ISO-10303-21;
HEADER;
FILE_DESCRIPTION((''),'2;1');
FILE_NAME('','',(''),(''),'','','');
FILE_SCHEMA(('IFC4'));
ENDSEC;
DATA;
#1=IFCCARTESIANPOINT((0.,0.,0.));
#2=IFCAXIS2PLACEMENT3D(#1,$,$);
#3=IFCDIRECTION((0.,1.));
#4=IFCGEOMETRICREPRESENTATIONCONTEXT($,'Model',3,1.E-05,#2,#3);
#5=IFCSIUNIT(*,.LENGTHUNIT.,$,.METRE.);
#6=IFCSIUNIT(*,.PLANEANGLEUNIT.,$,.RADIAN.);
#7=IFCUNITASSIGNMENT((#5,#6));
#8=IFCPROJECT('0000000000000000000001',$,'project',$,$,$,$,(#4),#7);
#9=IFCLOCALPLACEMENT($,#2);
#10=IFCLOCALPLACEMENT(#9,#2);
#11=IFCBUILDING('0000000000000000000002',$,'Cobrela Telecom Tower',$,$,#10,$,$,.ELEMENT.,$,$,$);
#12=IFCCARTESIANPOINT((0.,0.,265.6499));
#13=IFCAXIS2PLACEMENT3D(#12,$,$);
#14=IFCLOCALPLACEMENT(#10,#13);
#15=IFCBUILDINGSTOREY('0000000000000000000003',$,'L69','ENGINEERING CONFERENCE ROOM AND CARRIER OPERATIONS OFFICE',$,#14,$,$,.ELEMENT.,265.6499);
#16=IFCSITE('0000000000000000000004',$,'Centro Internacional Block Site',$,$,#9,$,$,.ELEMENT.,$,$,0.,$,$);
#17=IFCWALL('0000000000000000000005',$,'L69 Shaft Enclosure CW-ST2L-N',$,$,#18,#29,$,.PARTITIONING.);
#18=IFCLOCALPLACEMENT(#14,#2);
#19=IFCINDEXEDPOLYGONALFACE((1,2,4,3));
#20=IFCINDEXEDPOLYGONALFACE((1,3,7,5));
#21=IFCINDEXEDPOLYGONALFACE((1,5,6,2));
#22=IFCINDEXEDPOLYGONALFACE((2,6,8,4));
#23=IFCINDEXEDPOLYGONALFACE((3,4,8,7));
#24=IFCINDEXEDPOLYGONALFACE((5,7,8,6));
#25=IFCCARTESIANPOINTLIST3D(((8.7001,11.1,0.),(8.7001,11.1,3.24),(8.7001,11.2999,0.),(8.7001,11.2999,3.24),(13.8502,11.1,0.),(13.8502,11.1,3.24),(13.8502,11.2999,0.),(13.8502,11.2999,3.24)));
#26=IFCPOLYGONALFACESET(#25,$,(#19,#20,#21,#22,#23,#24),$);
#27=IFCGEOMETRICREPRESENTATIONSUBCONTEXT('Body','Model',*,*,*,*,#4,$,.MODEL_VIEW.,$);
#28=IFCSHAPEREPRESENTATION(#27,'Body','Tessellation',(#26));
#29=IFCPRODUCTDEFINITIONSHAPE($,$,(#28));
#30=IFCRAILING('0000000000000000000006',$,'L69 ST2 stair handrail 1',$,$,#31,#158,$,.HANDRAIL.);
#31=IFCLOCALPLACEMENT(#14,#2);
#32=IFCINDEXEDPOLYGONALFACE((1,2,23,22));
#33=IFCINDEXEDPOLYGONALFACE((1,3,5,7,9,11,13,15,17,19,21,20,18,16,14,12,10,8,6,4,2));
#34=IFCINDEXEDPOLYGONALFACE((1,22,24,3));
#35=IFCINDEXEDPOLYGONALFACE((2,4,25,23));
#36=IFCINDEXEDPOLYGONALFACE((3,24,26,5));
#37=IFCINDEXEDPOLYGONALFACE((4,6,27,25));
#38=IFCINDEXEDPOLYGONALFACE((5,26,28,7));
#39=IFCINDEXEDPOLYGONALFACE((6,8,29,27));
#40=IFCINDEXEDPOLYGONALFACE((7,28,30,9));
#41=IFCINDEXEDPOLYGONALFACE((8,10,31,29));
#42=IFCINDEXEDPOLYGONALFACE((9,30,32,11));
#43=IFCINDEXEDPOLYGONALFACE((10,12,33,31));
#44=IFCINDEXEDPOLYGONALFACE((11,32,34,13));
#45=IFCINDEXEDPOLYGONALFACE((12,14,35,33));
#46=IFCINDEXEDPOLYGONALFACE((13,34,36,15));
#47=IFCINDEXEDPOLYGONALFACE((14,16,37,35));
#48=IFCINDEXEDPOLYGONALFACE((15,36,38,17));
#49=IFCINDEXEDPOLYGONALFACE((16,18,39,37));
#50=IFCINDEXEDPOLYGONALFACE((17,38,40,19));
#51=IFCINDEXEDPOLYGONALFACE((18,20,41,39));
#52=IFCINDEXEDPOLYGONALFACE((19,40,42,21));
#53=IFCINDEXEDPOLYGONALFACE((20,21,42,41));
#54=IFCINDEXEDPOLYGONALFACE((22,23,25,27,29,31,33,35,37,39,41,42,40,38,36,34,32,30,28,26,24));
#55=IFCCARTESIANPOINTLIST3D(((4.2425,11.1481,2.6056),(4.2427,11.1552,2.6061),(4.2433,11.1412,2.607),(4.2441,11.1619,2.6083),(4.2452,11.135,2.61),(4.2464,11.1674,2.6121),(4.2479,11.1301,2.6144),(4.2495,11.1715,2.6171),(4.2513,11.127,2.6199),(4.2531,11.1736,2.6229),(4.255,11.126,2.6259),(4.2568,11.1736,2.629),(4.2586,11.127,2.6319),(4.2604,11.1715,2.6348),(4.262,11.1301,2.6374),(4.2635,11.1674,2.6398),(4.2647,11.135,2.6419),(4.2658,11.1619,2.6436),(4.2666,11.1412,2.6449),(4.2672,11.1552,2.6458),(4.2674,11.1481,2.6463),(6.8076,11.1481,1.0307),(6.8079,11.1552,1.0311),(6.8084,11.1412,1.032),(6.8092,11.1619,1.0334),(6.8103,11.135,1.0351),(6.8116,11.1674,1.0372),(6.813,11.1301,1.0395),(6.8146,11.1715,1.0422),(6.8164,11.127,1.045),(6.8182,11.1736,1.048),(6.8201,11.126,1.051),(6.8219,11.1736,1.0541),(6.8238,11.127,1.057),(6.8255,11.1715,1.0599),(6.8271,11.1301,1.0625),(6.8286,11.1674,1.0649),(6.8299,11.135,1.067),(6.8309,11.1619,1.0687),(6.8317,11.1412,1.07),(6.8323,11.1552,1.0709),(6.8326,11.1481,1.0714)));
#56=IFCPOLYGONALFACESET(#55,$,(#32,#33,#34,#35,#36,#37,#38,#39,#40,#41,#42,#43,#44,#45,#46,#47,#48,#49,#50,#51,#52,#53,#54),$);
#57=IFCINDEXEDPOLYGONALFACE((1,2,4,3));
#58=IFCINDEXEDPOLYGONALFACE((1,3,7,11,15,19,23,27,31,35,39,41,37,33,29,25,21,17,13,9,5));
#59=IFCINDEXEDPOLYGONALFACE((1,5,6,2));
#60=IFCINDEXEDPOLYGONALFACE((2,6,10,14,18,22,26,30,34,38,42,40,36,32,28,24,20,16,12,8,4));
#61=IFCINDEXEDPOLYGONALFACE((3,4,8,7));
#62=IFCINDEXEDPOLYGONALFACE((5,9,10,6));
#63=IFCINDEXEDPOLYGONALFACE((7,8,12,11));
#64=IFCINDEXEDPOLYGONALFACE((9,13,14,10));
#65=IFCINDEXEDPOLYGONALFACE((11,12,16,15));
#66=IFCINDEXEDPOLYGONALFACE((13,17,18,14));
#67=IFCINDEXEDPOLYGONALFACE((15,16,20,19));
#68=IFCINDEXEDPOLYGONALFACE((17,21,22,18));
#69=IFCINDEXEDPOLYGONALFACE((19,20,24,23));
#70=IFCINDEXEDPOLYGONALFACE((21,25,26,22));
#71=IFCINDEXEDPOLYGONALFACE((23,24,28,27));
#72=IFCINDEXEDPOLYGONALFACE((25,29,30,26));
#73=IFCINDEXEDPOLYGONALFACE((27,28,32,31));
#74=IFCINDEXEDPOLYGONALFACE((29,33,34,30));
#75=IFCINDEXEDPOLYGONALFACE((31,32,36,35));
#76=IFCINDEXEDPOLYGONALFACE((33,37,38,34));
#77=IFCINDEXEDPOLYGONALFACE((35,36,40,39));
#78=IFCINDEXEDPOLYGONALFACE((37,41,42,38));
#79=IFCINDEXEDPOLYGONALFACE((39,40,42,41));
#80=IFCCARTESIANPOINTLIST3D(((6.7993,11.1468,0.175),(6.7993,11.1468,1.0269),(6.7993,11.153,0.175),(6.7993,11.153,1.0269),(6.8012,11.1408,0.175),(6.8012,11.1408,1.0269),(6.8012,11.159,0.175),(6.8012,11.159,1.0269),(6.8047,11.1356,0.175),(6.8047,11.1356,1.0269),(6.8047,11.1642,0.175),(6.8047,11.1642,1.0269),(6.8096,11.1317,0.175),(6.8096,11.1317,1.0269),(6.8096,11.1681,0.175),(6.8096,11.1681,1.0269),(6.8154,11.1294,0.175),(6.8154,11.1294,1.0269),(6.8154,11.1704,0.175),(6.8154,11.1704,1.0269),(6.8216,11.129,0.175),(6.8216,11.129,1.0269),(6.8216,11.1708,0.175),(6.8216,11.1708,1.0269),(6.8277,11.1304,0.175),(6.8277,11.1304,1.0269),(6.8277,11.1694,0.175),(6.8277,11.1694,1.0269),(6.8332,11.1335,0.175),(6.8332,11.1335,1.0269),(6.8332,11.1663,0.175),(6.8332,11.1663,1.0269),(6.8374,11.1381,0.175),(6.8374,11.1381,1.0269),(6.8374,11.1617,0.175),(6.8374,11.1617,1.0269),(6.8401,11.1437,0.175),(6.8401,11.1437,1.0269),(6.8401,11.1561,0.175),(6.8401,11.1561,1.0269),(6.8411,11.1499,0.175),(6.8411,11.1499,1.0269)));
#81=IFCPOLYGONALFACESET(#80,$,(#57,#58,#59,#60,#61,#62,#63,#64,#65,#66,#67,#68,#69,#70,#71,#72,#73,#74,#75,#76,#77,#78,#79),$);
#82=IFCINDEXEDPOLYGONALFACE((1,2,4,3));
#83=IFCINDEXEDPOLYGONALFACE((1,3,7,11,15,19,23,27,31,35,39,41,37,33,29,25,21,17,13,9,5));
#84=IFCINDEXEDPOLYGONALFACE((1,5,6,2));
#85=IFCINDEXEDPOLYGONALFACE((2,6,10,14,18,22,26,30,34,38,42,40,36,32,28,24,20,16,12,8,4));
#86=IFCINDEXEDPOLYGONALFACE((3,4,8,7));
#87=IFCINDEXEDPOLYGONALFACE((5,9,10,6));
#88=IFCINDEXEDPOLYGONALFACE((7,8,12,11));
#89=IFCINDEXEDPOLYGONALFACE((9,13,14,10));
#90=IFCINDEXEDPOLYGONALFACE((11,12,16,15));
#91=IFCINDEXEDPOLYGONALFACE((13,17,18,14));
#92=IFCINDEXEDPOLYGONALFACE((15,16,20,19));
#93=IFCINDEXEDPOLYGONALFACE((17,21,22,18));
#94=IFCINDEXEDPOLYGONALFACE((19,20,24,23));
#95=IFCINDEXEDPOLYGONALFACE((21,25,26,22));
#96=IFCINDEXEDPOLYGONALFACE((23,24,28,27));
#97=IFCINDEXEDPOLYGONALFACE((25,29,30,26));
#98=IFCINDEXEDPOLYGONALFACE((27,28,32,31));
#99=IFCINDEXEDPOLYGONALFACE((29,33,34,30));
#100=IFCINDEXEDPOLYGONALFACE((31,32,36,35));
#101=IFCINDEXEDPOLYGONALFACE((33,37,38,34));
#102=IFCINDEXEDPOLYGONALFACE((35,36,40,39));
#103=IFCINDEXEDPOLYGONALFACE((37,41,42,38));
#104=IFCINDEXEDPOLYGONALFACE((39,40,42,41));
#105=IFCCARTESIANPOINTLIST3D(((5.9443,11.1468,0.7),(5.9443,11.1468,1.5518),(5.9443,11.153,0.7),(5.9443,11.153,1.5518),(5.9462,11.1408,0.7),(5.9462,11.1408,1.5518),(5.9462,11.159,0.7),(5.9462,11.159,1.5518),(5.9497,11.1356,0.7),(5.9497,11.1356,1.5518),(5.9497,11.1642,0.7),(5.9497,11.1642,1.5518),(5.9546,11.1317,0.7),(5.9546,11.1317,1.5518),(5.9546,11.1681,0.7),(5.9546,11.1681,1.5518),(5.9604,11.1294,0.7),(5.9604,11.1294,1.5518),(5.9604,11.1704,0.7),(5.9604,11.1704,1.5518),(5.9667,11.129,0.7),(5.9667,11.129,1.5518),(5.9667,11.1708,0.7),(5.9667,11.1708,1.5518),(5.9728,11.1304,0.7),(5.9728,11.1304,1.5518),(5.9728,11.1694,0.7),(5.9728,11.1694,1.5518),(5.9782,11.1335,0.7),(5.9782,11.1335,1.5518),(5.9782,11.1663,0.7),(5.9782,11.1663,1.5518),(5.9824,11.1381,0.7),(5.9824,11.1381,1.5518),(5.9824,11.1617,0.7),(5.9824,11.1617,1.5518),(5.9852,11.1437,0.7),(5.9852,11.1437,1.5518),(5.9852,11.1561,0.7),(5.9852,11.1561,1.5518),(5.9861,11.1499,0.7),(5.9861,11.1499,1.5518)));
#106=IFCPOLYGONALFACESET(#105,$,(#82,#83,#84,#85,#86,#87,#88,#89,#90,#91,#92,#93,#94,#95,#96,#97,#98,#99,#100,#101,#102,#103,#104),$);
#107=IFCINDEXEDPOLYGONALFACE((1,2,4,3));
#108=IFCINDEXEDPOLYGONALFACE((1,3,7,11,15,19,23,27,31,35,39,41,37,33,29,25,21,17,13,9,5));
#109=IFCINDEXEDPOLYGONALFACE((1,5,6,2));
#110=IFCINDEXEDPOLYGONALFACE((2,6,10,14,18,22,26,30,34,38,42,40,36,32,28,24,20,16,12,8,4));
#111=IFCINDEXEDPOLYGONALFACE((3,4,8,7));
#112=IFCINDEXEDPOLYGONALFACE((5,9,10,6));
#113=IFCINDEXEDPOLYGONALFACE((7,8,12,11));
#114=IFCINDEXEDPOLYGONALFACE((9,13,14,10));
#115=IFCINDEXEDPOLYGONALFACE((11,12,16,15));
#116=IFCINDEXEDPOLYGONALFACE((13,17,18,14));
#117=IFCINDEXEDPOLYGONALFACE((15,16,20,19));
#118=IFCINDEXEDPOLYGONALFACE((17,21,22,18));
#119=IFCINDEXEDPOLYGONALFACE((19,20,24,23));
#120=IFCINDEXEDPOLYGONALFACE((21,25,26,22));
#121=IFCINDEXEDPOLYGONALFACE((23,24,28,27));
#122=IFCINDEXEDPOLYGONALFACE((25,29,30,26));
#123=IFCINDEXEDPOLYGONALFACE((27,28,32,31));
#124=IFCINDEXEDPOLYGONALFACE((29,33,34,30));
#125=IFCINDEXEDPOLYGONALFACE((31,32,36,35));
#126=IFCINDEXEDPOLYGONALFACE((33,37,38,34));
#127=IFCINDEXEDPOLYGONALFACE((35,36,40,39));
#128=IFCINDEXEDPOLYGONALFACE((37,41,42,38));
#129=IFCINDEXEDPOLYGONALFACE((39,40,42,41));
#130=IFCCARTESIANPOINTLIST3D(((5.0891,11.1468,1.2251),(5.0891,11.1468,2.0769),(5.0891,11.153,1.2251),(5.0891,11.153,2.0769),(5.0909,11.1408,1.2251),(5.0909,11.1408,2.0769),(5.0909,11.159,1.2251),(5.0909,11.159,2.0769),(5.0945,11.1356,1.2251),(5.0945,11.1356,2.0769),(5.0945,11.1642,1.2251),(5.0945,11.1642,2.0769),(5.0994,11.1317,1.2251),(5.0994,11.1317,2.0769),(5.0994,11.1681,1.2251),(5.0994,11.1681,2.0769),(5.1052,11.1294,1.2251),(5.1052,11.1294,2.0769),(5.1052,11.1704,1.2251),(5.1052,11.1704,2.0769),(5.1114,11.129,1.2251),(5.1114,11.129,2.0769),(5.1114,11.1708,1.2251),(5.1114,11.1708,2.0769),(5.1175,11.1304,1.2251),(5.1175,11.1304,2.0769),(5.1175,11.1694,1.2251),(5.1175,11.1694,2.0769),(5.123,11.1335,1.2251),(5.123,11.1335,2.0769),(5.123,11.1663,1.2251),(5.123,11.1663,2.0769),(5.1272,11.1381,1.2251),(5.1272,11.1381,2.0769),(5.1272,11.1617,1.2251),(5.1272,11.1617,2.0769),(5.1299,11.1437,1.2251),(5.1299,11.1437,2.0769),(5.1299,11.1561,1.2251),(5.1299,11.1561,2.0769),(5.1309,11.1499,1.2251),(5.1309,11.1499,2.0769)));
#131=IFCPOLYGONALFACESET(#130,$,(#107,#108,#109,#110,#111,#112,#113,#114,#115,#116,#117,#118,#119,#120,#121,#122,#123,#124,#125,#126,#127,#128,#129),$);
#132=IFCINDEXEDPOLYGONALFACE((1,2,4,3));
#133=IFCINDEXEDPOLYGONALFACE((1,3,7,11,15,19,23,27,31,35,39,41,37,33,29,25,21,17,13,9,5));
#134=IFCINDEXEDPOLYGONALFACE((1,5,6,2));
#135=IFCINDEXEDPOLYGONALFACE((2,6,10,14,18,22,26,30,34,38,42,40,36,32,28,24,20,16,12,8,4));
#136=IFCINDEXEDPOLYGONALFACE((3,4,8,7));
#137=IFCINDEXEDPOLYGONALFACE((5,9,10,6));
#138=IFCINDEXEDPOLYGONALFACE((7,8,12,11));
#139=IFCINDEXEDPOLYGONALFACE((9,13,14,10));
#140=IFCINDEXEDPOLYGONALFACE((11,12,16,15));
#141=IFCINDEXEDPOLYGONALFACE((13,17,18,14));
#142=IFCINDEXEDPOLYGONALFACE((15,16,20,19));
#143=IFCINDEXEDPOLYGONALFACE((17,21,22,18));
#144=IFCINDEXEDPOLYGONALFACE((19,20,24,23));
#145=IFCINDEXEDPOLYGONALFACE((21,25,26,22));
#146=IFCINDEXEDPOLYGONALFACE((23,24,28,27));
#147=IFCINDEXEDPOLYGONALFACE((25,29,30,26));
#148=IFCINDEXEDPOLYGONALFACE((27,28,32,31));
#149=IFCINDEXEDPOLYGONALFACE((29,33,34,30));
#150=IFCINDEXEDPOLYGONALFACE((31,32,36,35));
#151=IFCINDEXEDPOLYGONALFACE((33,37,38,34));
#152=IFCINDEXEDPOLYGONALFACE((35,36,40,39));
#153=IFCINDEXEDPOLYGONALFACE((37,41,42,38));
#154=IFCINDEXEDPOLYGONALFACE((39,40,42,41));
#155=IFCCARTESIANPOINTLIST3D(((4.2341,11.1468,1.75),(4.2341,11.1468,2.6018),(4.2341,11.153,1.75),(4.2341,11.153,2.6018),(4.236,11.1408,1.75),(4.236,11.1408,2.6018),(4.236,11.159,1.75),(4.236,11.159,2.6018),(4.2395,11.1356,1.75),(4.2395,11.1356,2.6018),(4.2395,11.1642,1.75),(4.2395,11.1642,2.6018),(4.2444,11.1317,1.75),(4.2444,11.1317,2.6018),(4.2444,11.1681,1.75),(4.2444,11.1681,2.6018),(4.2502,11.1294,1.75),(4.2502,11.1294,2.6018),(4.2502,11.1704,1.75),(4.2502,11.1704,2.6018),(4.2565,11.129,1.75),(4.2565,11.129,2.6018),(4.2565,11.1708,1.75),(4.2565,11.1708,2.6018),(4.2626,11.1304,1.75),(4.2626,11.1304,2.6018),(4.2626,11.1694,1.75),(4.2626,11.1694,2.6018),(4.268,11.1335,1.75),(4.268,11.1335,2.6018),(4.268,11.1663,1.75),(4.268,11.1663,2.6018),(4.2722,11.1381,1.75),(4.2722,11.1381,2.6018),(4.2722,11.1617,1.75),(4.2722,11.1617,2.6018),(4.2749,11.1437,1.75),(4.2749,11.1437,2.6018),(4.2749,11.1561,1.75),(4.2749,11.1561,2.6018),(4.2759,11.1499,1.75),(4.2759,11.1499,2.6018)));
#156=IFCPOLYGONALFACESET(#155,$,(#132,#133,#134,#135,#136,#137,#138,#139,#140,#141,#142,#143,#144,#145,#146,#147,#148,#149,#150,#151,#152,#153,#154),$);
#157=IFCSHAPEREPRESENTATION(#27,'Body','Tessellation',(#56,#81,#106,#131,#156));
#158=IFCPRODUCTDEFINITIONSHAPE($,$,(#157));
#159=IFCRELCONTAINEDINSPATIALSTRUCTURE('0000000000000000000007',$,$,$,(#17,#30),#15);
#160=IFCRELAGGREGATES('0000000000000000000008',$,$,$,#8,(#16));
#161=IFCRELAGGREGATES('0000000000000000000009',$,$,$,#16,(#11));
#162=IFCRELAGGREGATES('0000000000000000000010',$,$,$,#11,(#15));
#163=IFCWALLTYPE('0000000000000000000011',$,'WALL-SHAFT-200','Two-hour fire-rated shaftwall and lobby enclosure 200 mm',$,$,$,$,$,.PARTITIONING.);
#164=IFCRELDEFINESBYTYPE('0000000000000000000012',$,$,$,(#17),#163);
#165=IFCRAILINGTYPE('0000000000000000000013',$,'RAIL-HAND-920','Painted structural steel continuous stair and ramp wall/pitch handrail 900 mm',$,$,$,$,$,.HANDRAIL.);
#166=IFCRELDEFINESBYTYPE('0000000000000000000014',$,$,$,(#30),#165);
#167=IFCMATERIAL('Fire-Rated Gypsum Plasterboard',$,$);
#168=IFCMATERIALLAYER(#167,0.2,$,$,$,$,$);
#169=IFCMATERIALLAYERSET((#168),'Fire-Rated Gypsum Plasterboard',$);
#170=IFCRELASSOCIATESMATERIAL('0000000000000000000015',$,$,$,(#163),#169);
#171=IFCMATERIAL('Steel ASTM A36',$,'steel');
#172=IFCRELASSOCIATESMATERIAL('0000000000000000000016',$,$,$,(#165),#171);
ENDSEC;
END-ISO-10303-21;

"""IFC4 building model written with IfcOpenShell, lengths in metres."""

from ifc_helpers import new_model, si_unit, direction, frame, frame_2d, origin, origin_2d, place, context, subcontext, project, spatial, rectangle, circle, extrude, material, layer, layer_set, type_object, element, save


model = new_model("IFC4")

# Units and contexts
model_context = context("Model", 3, precision=1e-05, world=origin(), true_north=direction((0.0, 1.0)))
body_context = subcontext(model_context, "Body", "Model", "MODEL_VIEW")
ifc_project = project(units=[si_unit("LENGTHUNIT", "METRE"), si_unit("PLANEANGLEUNIT", "RADIAN")], contexts=[model_context])

# Site, building, storey
site_placement = place(None, origin())
site = spatial("IfcSite", under=ifc_project, at=site_placement, Name="Centro Internacional Block Site", CompositionType="ELEMENT", RefElevation=0.0)
building_placement = place(site_placement, origin())
building = spatial("IfcBuilding", under=site, at=building_placement, Name="Cobrela Telecom Tower", CompositionType="ELEMENT")
storey_placement = place(building_placement, frame((0.0, 0.0, 265.6499)))
storey = spatial("IfcBuildingStorey", under=building, at=storey_placement, Name="L69", Description="ENGINEERING CONFERENCE ROOM AND CARRIER OPERATIONS OFFICE", CompositionType="ELEMENT", Elevation=265.6499)

# Shared definitions
ifc_material_1 = material(Name="Fire-Rated Gypsum Plasterboard")

# Wall
ifc_layer_1 = layer(ifc_material_1, 0.2)
ifc_layer_set_1 = layer_set([ifc_layer_1], Name="Fire-Rated Gypsum Plasterboard")
wall_type_1 = type_object("IfcWallType", Name="WALL-SHAFT-200", Description="Two-hour fire-rated shaftwall and lobby enclosure 200 mm", PredefinedType="PARTITIONING", material=ifc_layer_set_1)
wall_1_placement = place(storey_placement, frame((8.7, 11.2, 0.0), z_axis=(0.0, 0.0, 1.0), x_axis=(1.0, 0.0, 0.0)))
element("IfcWall", 1, at=wall_1_placement, inside=storey, type_object=wall_type_1, Name="L69 Shaft Enclosure CW-ST2L-N", PredefinedType="PARTITIONING", context=body_context, shape_type="SweptSolid", body=[
    extrude(rectangle(XDim=5.1501, YDim=0.2, at=frame_2d((2.5752, 0.0))), origin(), (0.0, 0.0, 1.0), 3.24),
])

# Railing
ifc_material_2 = material(Name="Steel ASTM A36", Category="steel")
railing_type = type_object("IfcRailingType", Name="RAIL-HAND-920", Description="Painted structural steel continuous stair and ramp wall/pitch handrail 900 mm", PredefinedType="HANDRAIL", material=ifc_material_2)
railing_placement = place(storey_placement, frame((6.8201, 11.1499, 0.175)))
element("IfcRailing", 2, at=railing_placement, inside=storey, type_object=railing_type, Name="L69 ST2 stair handrail 1", PredefinedType="HANDRAIL", context=body_context, shape_type="SweptSolid", body=[
    extrude(circle(Radius=0.0239, at=origin_2d()), frame((0.0, 0.0, 0.876), z_axis=(-0.852195, 0.0, 0.523224), x_axis=(0.0, -1.0, 0.0)), (0.0, 0.0, 1.0), 3.01),
    extrude(circle(Radius=0.021, at=origin_2d()), origin(), (0.0, 0.0, 1.0), 0.8518),
    extrude(circle(Radius=0.021, at=origin_2d()), frame((-0.855, 0.0, 0.5249)), (0.0, 0.0, 1.0), 0.8518),
    extrude(circle(Radius=0.021, at=origin_2d()), frame((-1.7102, 0.0, 1.05)), (0.0, 0.0, 1.0), 0.8518),
    extrude(circle(Radius=0.021, at=origin_2d()), frame((-2.5652, 0.0, 1.575)), (0.0, 0.0, 1.0), 0.8518),
])

save(model, "model.ifc")
